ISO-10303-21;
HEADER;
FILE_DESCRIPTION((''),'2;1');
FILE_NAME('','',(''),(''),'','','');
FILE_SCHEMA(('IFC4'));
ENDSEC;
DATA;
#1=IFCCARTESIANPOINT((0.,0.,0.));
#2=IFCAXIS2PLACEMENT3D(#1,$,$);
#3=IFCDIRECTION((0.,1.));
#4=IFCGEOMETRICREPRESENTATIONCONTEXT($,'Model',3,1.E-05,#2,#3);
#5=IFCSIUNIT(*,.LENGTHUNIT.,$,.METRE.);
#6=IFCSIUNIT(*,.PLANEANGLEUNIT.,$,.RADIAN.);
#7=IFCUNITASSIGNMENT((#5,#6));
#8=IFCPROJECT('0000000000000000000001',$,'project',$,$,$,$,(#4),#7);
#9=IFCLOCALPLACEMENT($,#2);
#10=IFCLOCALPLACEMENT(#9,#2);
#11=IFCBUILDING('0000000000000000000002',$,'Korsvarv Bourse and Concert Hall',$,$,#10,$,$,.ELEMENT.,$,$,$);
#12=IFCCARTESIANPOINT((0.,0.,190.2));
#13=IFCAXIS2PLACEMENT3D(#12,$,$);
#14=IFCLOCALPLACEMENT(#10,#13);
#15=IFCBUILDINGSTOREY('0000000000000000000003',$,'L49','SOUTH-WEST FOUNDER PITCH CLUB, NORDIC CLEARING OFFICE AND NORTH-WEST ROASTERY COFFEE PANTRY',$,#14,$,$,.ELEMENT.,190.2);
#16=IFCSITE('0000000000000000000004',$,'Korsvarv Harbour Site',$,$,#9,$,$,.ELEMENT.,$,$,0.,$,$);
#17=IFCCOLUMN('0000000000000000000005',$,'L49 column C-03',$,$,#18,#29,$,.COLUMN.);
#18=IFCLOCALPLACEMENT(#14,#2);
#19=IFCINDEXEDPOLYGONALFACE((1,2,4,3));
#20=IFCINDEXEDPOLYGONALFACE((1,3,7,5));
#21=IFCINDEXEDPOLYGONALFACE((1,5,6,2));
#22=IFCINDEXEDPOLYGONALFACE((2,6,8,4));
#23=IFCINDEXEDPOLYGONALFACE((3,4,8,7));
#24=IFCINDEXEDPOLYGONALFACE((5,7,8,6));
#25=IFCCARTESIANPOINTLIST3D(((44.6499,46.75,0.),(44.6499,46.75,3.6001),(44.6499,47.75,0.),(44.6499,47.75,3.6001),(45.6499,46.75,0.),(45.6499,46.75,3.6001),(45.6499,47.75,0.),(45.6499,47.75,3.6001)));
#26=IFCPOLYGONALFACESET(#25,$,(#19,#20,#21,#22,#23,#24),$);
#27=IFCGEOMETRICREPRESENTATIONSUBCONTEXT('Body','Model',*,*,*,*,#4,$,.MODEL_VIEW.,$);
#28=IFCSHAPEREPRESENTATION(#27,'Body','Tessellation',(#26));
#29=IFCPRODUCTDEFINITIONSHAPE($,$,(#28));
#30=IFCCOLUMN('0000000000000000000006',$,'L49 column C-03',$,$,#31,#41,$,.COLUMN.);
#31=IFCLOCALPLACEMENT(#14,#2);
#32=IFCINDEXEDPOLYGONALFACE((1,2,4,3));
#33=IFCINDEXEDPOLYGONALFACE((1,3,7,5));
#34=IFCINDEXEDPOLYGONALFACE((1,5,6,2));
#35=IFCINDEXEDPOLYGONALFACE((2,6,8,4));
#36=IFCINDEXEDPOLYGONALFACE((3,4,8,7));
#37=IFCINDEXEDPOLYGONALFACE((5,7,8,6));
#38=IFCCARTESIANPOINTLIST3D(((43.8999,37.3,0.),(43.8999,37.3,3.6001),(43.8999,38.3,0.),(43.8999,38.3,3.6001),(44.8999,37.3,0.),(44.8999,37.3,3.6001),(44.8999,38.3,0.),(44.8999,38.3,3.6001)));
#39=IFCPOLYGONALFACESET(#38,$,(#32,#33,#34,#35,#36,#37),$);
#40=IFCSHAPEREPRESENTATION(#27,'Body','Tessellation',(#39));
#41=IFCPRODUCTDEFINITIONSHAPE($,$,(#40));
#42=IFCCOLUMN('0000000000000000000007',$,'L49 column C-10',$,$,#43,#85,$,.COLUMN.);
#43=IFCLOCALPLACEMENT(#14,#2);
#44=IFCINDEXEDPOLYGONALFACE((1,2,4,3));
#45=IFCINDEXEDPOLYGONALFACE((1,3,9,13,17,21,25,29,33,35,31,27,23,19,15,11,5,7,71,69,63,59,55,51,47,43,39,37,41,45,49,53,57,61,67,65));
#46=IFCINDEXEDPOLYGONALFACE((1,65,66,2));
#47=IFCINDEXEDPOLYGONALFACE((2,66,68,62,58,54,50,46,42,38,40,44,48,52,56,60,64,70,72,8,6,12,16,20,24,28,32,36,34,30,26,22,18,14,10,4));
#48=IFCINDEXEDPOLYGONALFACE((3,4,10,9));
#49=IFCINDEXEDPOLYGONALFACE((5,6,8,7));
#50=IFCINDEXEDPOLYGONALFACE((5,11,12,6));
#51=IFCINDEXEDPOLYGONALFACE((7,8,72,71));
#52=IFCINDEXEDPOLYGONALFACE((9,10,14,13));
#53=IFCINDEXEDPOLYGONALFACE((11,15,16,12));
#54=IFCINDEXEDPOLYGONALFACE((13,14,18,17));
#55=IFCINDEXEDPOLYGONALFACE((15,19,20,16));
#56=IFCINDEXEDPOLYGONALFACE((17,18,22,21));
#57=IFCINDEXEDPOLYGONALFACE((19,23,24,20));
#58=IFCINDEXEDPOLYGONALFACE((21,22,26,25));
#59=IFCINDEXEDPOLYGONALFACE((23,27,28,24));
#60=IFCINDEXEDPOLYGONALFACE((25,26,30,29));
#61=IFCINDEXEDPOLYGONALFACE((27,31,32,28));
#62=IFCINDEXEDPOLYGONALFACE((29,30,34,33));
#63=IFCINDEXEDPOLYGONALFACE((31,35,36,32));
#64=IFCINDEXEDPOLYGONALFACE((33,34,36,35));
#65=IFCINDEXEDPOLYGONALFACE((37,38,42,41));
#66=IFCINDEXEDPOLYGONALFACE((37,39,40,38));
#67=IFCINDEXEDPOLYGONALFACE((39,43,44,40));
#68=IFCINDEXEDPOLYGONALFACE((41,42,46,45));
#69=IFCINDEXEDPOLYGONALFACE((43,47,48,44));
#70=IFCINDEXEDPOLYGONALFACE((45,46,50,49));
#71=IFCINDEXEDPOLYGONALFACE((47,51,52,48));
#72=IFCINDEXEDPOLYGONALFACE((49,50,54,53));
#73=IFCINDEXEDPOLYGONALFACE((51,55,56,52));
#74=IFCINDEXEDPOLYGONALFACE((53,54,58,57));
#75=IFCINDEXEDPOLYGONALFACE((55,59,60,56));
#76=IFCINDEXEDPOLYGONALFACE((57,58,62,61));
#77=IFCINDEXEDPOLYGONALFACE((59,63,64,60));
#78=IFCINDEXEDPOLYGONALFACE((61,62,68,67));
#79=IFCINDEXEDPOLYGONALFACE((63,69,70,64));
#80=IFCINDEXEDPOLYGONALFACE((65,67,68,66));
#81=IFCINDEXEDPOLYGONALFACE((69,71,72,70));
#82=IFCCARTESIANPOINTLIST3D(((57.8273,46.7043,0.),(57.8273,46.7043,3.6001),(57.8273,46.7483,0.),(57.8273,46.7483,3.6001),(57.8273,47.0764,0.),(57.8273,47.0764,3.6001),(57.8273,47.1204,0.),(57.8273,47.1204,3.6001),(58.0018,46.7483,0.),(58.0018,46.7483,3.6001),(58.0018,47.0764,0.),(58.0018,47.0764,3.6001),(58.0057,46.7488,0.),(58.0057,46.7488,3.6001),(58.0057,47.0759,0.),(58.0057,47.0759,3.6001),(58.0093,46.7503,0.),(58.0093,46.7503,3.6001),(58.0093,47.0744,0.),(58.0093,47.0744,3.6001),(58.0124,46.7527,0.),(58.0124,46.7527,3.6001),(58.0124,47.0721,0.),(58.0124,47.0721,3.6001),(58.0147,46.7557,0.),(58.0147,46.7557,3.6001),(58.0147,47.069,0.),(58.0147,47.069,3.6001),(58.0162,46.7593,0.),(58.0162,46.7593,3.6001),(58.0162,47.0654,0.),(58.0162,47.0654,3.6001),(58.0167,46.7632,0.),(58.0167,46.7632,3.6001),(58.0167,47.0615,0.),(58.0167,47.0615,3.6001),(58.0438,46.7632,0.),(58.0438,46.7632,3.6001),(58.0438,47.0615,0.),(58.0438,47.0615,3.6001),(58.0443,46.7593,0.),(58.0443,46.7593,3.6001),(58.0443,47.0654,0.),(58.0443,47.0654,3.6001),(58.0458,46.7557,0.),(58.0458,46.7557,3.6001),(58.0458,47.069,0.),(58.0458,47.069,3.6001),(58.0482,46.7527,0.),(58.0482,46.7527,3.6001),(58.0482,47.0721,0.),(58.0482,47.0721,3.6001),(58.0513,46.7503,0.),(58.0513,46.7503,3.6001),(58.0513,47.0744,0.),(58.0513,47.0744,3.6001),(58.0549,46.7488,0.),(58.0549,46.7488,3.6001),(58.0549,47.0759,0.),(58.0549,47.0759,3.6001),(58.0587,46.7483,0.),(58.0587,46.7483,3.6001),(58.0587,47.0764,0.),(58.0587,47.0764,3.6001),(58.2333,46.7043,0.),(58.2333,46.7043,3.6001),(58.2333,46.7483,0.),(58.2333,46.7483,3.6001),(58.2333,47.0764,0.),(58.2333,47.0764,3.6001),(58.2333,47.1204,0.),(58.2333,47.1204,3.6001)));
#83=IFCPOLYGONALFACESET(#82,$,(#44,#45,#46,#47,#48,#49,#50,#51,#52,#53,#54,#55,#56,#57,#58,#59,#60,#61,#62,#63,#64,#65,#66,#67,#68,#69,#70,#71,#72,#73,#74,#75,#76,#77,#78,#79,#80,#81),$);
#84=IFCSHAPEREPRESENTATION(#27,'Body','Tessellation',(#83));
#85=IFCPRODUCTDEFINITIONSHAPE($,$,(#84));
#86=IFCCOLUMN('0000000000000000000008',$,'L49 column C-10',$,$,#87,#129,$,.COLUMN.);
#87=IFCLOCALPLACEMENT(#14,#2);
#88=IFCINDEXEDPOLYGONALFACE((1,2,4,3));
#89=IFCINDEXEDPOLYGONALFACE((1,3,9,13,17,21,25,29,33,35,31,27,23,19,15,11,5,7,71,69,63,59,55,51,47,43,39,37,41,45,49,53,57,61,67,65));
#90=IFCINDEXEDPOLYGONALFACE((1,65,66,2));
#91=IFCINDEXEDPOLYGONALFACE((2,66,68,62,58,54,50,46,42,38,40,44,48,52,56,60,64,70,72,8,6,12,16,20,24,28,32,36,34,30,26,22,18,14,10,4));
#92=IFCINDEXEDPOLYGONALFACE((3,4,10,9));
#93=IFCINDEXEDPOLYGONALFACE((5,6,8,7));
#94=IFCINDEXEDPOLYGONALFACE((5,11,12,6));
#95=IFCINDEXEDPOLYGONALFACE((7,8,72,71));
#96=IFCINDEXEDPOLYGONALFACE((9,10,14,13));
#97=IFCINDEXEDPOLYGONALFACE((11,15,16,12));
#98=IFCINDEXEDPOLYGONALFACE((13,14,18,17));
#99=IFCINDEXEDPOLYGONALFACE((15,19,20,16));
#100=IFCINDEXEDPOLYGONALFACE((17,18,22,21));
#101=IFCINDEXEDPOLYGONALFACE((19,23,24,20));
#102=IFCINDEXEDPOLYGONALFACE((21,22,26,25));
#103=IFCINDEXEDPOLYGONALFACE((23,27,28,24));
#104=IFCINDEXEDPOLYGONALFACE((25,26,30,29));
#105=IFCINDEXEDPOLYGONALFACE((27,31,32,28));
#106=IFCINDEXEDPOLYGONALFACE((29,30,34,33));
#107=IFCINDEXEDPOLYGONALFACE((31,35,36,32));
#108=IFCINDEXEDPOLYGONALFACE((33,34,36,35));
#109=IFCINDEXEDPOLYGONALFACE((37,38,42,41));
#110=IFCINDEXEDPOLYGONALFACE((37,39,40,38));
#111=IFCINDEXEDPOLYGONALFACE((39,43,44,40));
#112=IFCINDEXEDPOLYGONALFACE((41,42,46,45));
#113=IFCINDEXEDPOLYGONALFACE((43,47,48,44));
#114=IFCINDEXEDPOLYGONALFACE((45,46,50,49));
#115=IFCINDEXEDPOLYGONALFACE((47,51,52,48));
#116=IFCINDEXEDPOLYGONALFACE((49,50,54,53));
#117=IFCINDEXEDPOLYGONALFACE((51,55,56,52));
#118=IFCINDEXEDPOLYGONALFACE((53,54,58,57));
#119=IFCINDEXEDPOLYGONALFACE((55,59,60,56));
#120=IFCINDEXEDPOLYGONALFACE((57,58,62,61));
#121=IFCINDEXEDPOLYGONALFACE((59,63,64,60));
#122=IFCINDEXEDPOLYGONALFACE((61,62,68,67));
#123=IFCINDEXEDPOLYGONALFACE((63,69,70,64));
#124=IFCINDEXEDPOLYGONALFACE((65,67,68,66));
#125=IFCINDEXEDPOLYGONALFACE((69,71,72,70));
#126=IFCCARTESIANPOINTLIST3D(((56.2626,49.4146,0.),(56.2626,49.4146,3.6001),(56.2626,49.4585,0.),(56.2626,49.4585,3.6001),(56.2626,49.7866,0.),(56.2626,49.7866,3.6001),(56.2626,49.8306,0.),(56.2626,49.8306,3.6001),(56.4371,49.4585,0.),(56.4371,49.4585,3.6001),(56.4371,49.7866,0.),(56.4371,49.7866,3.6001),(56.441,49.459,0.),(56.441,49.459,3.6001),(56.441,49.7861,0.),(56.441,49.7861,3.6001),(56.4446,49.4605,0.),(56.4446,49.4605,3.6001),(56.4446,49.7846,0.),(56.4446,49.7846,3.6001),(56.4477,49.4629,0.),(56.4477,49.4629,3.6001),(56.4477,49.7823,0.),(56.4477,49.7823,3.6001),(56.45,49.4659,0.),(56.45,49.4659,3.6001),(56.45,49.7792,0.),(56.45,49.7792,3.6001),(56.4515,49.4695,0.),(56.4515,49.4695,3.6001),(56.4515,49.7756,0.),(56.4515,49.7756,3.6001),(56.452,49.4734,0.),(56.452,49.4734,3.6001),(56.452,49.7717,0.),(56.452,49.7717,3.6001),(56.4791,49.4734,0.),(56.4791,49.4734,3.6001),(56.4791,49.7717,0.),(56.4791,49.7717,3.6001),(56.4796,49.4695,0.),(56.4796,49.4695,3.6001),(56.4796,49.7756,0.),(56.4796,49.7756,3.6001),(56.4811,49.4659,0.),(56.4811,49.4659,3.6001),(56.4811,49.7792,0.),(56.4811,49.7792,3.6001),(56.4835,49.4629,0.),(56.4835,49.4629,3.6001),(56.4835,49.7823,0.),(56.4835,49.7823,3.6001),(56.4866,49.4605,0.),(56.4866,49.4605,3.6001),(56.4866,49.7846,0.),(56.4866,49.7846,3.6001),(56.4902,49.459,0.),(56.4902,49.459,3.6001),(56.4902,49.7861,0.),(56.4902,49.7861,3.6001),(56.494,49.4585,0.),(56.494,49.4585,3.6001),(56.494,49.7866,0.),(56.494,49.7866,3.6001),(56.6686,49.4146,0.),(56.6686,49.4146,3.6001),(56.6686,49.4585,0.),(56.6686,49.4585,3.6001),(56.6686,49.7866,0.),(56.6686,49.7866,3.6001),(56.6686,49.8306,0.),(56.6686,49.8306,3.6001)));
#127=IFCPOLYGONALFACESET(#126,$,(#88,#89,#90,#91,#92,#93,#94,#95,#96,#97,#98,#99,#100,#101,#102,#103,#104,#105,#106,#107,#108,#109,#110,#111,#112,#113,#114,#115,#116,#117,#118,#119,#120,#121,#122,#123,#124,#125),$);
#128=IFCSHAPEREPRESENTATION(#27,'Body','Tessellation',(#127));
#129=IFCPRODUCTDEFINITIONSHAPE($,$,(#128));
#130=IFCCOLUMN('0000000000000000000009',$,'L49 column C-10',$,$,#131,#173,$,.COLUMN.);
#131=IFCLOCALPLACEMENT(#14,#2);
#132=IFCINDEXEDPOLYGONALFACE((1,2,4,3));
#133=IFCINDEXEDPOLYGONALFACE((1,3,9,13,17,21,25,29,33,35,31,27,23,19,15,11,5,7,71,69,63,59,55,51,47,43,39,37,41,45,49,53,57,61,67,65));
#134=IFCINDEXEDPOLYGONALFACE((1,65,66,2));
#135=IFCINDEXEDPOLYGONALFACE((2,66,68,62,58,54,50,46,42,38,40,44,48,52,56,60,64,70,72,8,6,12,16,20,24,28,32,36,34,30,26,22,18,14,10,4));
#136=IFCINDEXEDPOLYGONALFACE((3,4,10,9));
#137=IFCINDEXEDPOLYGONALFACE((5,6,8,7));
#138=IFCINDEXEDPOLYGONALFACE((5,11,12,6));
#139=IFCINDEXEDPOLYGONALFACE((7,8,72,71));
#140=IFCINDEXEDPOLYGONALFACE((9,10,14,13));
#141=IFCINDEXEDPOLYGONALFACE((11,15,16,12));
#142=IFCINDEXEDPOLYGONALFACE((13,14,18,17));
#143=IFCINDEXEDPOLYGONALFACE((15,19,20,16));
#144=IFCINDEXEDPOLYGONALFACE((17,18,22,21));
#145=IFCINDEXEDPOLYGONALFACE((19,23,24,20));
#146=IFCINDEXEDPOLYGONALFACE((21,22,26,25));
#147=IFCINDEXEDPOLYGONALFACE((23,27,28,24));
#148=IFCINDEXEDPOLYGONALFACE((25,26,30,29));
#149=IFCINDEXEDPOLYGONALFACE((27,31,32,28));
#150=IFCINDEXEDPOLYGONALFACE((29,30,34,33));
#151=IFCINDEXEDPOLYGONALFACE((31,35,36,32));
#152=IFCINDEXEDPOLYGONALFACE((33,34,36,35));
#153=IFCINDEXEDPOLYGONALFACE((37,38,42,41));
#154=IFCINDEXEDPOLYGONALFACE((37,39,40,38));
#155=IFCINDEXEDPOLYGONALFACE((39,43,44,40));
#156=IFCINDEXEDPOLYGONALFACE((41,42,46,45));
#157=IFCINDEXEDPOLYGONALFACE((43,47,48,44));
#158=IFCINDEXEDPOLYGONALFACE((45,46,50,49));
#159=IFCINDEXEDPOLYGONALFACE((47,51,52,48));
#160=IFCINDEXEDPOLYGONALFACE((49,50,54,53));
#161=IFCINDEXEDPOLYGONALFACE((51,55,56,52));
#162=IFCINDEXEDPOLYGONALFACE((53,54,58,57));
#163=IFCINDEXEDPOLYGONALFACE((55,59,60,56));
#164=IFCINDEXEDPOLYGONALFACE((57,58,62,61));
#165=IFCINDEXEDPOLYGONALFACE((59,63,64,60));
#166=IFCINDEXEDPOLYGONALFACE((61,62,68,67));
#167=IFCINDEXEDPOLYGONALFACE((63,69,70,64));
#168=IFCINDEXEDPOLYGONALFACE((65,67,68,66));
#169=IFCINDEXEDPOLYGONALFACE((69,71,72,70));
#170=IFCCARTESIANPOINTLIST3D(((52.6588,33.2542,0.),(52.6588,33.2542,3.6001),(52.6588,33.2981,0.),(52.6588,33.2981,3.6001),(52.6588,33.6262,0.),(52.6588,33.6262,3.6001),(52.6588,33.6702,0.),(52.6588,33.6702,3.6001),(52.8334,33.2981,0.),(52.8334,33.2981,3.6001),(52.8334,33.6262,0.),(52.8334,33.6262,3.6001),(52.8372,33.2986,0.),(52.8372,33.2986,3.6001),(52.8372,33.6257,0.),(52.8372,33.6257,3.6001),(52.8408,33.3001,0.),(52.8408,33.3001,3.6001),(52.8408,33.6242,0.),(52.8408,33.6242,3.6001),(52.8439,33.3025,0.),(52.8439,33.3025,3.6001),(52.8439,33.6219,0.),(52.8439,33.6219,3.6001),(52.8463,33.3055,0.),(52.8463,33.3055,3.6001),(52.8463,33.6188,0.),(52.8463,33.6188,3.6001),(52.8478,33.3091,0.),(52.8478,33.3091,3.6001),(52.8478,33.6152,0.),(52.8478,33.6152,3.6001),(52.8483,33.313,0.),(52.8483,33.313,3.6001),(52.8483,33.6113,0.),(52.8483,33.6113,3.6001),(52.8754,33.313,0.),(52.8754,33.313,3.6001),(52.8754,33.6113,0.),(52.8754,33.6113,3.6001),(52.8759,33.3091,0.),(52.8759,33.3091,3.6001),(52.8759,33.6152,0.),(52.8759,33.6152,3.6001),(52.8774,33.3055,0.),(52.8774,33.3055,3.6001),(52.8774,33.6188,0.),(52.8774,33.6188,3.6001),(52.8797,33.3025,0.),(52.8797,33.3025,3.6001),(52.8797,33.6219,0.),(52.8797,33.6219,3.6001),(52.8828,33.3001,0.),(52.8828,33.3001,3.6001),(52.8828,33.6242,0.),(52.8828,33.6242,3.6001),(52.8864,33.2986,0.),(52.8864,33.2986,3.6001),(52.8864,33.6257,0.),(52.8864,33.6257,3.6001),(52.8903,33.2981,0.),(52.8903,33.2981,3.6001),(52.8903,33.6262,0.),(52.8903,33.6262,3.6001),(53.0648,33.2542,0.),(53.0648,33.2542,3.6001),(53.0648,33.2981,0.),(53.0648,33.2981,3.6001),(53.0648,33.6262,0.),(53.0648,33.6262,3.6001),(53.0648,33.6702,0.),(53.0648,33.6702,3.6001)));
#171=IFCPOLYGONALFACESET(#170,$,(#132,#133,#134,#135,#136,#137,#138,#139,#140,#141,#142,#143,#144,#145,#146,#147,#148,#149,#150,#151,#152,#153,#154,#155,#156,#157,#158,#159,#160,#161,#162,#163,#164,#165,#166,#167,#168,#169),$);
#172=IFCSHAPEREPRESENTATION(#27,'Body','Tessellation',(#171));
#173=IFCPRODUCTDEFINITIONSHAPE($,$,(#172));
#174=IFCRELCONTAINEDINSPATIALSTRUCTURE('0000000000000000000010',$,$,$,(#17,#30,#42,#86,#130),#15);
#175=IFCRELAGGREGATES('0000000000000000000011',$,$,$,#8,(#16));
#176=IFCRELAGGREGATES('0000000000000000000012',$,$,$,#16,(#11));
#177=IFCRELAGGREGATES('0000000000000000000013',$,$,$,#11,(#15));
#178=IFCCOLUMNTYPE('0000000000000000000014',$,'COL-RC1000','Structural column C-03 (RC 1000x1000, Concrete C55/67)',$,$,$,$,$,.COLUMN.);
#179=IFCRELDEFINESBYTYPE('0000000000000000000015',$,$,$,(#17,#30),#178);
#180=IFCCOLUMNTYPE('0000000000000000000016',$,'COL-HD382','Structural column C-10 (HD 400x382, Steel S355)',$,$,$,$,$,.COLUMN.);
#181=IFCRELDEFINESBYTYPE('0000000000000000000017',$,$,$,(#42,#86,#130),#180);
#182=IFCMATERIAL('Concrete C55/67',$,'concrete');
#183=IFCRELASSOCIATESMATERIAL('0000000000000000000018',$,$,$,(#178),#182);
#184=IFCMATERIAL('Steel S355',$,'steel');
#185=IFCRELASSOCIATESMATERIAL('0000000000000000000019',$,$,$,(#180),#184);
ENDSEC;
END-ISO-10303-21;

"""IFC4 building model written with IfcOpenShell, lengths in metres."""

from ifc_helpers import new_model, si_unit, direction, frame, origin, origin_2d, place, context, subcontext, project, spatial, rectangle, i_section, extrude, source, transform, mapped, material, material_profile, profile_set, type_object, element, save


model = new_model("IFC4")

# Units and contexts
model_context = context("Model", 3, precision=1e-05, world=origin(), true_north=direction((0.0, 1.0)))
body_context = subcontext(model_context, "Body", "Model", "MODEL_VIEW")
ifc_project = project(units=[si_unit("LENGTHUNIT", "METRE"), si_unit("PLANEANGLEUNIT", "RADIAN")], contexts=[model_context])

# Site, building, storey
site_placement = place(None, origin())
site = spatial("IfcSite", under=ifc_project, at=site_placement, Name="Korsvarv Harbour Site", CompositionType="ELEMENT", RefElevation=0.0)
building_placement = place(site_placement, origin())
building = spatial("IfcBuilding", under=site, at=building_placement, Name="Korsvarv Bourse and Concert Hall", CompositionType="ELEMENT")
storey_placement = place(building_placement, frame((0.0, 0.0, 190.2)))
storey = spatial("IfcBuildingStorey", under=building, at=storey_placement, Name="L49", Description="SOUTH-WEST FOUNDER PITCH CLUB, NORDIC CLEARING OFFICE AND NORTH-WEST ROASTERY COFFEE PANTRY", CompositionType="ELEMENT", Elevation=190.2)

# Columns
ifc_material_1 = material(Name="Concrete C55/67", Category="concrete")
ifc_material_profile_1 = material_profile(ifc_material_1, rectangle(XDim=1.0, YDim=1.0, at=origin_2d()), Name="RC 1000x1000")
ifc_profile_set_1 = profile_set([ifc_material_profile_1], Name="Concrete C55/67")
column_type_1 = type_object("IfcColumnType", Name="COL-RC1000", Description="Structural column C-03 (RC 1000x1000, Concrete C55/67)", PredefinedType="COLUMN", material=ifc_profile_set_1)
shared_shape_1 = source(origin(), body_context, "Body", "SweptSolid", [
    extrude(rectangle(XDim=1.0, YDim=1.0, at=origin_2d()), origin(), (0.0, 0.0, 1.0), 3.6001),
])
for number, where, z_axis, x_axis, name in (
    (1, (45.1499, 47.25, 0.0), (0.0, 0.0, 1.0), (1.0, 0.0, 0.0), "L49 column C-03"),
    (2, (44.3999, 37.8, 0.0), (0.0, 0.0, 1.0), (1.0, 0.0, 0.0), "L49 column C-03"),
):
    element("IfcColumn", number, at=place(storey_placement, frame(where, z_axis=z_axis, x_axis=x_axis)), inside=storey, type_object=column_type_1, Name=name, PredefinedType="COLUMN", context=body_context, shape_type="MappedRepresentation", body=[
        mapped(shared_shape_1, transform((0.0, 0.0, 0.0), scale=1.0)),
    ])
ifc_material_2 = material(Name="Steel S355", Category="steel")
ifc_material_profile_2 = material_profile(ifc_material_2, i_section(OverallWidth=0.406, OverallDepth=0.416, WebThickness=0.0271, FlangeThickness=0.0439, FilletRadius=0.0149, at=origin_2d()), Name="HD 400x382")
ifc_profile_set_2 = profile_set([ifc_material_profile_2], Name="Steel S355")
column_type_2 = type_object("IfcColumnType", Name="COL-HD382", Description="Structural column C-10 (HD 400x382, Steel S355)", PredefinedType="COLUMN", material=ifc_profile_set_2)
shared_shape_2 = source(origin(), body_context, "Body", "SweptSolid", [
    extrude(i_section(OverallWidth=0.406, OverallDepth=0.416, WebThickness=0.0271, FlangeThickness=0.0439, FilletRadius=0.0149, at=origin_2d()), origin(), (0.0, 0.0, 1.0), 3.6001),
])
for number, where, z_axis, x_axis, name in (
    (3, (58.0303, 46.9124, 0.0), (0.0, 0.0, 1.0), (1.0, 0.0, 0.0), "L49 column C-10"),
    (4, (56.4656, 49.6226, 0.0), (0.0, 0.0, 1.0), (1.0, 0.0, 0.0), "L49 column C-10"),
    (5, (52.8618, 33.4622, 0.0), (0.0, 0.0, 1.0), (1.0, 0.0, 0.0), "L49 column C-10"),
):
    element("IfcColumn", number, at=place(storey_placement, frame(where, z_axis=z_axis, x_axis=x_axis)), inside=storey, type_object=column_type_2, Name=name, PredefinedType="COLUMN", context=body_context, shape_type="MappedRepresentation", body=[
        mapped(shared_shape_2, transform((0.0, 0.0, 0.0), scale=1.0)),
    ])

save(model, "model.ifc")
